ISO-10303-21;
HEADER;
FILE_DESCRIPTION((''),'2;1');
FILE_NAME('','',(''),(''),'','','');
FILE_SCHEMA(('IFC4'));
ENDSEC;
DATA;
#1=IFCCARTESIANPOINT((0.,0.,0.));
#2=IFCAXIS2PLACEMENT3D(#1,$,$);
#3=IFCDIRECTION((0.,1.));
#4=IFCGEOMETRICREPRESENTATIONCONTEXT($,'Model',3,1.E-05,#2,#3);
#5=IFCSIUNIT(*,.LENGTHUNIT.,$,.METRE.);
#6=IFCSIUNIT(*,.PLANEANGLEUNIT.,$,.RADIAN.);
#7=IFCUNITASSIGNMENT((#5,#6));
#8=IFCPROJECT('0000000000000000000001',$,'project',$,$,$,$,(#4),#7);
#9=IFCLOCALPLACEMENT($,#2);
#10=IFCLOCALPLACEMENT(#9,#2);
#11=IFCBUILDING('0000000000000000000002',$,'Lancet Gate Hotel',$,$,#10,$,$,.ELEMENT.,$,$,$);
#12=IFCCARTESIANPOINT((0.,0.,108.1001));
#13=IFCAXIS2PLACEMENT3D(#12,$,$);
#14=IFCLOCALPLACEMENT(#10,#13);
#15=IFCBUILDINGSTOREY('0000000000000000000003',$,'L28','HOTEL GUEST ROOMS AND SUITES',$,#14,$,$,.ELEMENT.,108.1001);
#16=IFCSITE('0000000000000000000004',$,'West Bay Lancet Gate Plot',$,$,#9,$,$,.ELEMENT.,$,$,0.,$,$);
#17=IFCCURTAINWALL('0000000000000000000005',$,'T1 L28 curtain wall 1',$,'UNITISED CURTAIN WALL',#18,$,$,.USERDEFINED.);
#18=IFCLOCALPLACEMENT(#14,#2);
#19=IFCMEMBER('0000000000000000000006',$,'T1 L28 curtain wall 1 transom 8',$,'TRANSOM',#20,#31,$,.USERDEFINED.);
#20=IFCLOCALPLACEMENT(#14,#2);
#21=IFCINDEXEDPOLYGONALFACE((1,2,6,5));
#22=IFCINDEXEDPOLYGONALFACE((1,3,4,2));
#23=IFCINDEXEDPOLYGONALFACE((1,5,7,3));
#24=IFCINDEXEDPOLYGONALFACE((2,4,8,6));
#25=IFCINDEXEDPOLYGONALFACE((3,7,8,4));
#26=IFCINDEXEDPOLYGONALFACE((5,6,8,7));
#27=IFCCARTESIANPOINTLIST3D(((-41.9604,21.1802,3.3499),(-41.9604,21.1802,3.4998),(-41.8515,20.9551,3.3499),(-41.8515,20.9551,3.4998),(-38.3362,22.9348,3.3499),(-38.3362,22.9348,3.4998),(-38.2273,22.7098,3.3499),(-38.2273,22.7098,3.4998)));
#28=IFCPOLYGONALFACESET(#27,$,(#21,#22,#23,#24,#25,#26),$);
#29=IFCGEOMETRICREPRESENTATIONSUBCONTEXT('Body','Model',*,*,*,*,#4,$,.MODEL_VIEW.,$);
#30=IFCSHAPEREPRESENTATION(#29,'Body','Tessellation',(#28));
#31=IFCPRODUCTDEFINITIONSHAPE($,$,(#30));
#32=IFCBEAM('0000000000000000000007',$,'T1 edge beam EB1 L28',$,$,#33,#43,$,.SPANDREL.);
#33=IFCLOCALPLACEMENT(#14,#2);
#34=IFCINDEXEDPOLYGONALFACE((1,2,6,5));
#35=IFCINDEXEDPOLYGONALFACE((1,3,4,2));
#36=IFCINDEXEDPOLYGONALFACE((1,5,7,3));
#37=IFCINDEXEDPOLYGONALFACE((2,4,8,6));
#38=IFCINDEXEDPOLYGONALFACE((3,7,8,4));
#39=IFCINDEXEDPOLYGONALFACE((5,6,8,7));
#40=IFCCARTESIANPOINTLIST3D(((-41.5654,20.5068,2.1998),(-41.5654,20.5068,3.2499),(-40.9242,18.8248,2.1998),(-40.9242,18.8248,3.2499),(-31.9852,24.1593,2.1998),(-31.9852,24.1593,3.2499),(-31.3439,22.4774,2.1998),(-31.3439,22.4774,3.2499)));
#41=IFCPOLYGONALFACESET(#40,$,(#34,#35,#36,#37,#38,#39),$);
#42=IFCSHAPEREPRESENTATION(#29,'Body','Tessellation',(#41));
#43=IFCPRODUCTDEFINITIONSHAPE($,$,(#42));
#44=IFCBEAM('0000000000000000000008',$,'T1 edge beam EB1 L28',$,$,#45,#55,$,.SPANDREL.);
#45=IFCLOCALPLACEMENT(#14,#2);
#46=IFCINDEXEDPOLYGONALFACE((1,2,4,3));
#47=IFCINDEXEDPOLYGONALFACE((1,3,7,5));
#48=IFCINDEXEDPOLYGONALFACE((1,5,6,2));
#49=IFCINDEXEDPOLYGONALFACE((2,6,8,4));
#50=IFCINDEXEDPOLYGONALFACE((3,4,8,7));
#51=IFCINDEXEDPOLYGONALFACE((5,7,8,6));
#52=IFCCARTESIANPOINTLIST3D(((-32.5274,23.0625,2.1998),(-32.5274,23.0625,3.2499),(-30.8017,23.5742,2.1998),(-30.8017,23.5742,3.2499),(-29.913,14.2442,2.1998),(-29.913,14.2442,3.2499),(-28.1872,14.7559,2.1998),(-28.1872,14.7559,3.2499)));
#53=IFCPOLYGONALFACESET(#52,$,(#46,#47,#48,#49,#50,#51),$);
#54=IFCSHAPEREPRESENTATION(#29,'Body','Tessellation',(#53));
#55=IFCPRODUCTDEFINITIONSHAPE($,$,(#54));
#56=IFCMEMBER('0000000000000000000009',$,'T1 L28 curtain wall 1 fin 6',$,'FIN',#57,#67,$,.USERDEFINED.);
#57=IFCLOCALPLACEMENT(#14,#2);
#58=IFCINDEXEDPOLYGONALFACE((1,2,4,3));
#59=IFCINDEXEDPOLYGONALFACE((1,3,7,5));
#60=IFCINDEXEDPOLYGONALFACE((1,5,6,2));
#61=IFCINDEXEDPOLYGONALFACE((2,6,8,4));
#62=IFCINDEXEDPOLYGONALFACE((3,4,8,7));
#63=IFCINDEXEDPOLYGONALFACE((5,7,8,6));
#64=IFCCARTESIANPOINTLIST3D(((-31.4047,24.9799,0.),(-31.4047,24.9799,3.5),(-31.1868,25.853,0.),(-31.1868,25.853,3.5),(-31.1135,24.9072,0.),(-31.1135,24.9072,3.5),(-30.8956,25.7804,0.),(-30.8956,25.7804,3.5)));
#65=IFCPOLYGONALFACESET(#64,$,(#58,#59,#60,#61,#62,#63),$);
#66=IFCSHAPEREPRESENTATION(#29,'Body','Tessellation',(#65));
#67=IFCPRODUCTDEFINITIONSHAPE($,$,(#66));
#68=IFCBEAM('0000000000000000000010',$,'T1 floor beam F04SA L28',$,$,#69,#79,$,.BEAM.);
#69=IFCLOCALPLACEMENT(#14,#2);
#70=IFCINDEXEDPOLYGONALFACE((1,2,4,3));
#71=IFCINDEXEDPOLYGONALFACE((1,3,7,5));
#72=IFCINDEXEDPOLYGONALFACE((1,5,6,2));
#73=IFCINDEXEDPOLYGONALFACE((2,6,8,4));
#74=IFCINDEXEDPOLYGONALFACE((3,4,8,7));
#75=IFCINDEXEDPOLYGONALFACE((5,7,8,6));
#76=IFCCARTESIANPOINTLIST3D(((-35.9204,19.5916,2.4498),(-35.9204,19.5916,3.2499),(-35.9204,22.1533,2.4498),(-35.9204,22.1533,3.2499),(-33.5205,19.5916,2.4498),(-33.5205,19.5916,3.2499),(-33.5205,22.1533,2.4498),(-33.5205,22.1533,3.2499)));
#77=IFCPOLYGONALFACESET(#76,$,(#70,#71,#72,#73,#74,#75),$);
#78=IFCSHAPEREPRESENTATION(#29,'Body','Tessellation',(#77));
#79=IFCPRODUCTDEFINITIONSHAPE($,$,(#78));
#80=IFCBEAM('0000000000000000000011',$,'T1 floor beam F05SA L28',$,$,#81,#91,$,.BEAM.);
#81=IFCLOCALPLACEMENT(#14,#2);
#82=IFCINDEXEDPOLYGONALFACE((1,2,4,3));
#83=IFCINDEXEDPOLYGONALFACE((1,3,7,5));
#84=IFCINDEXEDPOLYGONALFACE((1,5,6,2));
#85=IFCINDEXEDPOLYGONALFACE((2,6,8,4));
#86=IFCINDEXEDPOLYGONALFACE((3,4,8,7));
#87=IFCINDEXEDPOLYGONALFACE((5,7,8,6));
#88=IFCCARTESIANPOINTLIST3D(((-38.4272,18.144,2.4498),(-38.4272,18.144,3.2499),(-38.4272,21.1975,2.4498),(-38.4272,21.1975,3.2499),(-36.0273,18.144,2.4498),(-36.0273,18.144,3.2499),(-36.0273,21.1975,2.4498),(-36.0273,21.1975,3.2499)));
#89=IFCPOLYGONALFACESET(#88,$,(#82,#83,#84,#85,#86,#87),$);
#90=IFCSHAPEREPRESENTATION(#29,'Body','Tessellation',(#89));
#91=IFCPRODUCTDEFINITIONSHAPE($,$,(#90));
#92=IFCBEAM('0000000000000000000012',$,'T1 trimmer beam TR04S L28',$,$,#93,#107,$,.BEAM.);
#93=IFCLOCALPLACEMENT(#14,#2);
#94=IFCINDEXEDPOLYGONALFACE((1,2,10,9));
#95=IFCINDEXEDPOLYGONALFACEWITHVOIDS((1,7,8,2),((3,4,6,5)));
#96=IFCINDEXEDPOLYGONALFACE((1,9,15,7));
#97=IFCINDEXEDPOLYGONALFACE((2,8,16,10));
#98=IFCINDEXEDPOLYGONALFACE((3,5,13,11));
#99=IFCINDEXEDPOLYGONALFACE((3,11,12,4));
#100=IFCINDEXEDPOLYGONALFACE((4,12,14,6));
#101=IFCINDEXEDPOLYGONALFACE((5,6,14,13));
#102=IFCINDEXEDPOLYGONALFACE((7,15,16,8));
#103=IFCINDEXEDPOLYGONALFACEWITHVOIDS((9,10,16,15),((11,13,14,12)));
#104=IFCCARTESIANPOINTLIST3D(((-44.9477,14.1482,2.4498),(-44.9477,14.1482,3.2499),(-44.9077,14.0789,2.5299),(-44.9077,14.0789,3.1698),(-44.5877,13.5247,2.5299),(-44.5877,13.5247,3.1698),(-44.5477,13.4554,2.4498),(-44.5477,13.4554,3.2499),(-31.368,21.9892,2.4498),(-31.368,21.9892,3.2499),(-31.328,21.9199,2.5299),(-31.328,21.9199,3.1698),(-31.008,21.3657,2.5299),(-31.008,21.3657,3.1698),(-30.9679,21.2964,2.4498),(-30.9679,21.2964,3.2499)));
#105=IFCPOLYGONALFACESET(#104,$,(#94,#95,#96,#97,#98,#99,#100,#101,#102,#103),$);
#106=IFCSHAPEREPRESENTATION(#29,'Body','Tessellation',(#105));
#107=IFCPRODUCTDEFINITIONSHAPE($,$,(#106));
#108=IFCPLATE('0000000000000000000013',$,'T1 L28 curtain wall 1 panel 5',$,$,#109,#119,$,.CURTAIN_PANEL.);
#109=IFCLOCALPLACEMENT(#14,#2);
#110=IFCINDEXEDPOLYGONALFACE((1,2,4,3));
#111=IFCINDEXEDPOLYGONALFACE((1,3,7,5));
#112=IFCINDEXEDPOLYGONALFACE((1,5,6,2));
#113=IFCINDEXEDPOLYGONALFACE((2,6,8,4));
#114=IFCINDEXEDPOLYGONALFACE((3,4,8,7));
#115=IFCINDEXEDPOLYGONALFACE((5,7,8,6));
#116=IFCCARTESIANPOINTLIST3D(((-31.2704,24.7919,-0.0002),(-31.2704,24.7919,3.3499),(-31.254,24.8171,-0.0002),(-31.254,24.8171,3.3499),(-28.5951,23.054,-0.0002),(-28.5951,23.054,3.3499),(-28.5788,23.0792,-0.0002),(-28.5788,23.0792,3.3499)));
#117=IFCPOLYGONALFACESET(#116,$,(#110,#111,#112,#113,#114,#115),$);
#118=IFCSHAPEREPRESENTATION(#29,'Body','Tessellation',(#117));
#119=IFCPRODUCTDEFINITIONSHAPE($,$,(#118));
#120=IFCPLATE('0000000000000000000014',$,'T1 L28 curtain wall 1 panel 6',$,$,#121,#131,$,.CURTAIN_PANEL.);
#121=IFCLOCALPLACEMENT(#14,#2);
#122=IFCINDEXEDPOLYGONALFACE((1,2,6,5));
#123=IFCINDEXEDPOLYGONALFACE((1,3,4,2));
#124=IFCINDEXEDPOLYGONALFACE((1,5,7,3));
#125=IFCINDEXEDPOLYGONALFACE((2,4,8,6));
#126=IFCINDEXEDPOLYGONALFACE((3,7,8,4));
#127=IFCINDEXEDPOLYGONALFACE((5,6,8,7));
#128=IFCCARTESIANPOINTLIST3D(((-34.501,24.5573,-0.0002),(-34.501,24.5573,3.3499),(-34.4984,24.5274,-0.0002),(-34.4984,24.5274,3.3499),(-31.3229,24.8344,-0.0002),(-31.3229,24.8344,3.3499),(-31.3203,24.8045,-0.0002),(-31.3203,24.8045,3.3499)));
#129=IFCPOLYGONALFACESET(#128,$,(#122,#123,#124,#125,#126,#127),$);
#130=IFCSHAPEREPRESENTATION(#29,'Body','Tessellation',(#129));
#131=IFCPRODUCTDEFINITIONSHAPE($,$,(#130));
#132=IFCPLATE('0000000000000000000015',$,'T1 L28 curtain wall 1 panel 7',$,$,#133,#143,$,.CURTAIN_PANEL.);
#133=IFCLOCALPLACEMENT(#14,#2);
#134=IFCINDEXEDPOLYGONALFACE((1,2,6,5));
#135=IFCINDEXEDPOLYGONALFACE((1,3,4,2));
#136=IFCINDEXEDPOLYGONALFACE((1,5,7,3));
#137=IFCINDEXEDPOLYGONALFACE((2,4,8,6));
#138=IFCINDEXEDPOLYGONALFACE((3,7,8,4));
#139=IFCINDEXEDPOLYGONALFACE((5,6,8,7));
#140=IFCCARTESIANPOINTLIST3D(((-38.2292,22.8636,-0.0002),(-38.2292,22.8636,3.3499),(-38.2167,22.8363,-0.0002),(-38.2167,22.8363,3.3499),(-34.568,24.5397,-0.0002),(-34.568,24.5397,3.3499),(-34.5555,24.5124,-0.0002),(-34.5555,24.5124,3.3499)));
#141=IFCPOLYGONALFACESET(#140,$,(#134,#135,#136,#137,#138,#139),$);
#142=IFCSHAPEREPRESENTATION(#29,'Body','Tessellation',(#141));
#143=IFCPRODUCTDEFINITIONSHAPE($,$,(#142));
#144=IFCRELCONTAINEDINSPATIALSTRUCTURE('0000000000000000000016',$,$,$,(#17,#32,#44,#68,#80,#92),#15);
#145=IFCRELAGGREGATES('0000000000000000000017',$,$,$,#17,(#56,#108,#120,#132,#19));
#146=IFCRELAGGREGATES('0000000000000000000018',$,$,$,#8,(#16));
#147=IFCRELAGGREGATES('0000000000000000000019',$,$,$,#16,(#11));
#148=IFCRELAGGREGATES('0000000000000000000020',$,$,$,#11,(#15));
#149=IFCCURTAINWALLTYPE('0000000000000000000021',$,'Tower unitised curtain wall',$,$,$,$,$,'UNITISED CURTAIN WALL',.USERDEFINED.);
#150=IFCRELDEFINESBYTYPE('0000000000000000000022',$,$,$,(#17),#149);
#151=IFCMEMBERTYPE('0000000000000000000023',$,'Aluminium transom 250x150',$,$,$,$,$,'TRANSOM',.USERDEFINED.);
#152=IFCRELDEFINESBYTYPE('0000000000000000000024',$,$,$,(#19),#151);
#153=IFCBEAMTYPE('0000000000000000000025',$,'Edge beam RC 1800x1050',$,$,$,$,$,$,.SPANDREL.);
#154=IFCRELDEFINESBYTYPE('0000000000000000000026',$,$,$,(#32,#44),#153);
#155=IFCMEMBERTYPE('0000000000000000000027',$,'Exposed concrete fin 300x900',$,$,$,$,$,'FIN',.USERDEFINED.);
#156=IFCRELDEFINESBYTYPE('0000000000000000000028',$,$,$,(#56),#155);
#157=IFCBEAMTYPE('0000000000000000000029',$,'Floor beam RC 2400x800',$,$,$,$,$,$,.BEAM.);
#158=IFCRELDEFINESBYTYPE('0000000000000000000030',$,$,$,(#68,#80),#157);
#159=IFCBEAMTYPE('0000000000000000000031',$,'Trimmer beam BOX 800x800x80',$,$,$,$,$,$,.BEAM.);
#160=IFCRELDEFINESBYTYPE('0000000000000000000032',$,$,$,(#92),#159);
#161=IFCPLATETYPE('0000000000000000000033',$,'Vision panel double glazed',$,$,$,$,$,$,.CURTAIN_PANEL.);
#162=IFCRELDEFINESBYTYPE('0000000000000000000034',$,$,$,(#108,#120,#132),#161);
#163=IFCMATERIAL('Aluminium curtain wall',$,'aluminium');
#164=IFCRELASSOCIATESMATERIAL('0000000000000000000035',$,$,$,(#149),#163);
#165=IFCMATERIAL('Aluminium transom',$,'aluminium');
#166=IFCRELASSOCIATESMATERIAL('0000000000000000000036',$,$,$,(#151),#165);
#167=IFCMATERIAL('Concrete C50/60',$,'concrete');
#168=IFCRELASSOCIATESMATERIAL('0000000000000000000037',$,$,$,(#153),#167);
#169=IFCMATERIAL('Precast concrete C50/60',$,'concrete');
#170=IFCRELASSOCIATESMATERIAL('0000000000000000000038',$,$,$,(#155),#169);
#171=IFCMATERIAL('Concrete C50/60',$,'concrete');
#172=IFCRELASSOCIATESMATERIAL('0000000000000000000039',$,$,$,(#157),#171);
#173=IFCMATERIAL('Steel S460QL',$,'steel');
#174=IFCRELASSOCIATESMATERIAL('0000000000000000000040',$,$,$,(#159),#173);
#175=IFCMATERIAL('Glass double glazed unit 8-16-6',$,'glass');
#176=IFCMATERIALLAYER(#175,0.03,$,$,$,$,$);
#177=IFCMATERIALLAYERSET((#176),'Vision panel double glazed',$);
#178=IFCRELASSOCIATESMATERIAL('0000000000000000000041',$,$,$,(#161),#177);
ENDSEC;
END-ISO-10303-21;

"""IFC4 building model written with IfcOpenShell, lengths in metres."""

from ifc_helpers import new_model, si_unit, direction, frame, origin, origin_2d, place, context, subcontext, project, spatial, rectangle, hollow_rectangle, extrude, material, layer, layer_set, material_profile, profile_set, type_object, element, aggregate, save


model = new_model("IFC4")

# Units and contexts
model_context = context("Model", 3, precision=1e-05, world=origin(), true_north=direction((0.0, 1.0)))
body_context = subcontext(model_context, "Body", "Model", "MODEL_VIEW")
ifc_project = project(units=[si_unit("LENGTHUNIT", "METRE"), si_unit("PLANEANGLEUNIT", "RADIAN")], contexts=[model_context])

# Site, building, storey
site_placement = place(None, origin())
site = spatial("IfcSite", under=ifc_project, at=site_placement, Name="West Bay Lancet Gate Plot", CompositionType="ELEMENT", RefElevation=0.0)
building_placement = place(site_placement, origin())
building = spatial("IfcBuilding", under=site, at=building_placement, Name="Lancet Gate Hotel", CompositionType="ELEMENT")
storey_placement = place(building_placement, frame((0.0, 0.0, 108.1001)))
storey = spatial("IfcBuildingStorey", under=building, at=storey_placement, Name="L28", Description="HOTEL GUEST ROOMS AND SUITES", CompositionType="ELEMENT", Elevation=108.1001)

# Curtain wall, member
ifc_material_1 = material(Name="Aluminium curtain wall", Category="aluminium")
curtain_wall_type = type_object("IfcCurtainWallType", Name="Tower unitised curtain wall", ElementType="UNITISED CURTAIN WALL", PredefinedType="USERDEFINED", material=ifc_material_1)
curtain_wall_placement = place(storey_placement, origin())
curtain_wall = element("IfcCurtainWall", 1, at=curtain_wall_placement, inside=storey, type_object=curtain_wall_type, Name="T1 L28 curtain wall 1", ObjectType="UNITISED CURTAIN WALL", PredefinedType="USERDEFINED")
ifc_material_2 = material(Name="Aluminium transom", Category="aluminium")
ifc_material_profile_1 = material_profile(ifc_material_2, rectangle(XDim=0.25, YDim=0.1499, at=origin_2d()), Name="TRANSOM 250x150")
ifc_profile_set_1 = profile_set([ifc_material_profile_1], Name="Aluminium transom")
member_type_1 = type_object("IfcMemberType", Name="Aluminium transom 250x150", ElementType="TRANSOM", PredefinedType="USERDEFINED", material=ifc_profile_set_1)
member_1_placement = place(storey_placement, frame((-38.2817, 22.8223, 3.4248), z_axis=(-0.900066, -0.435754, 0.0), x_axis=(0.435754, -0.900066, 0.0)))
member_1 = element("IfcMember", 2, at=member_1_placement, type_object=member_type_1, Name="T1 L28 curtain wall 1 transom 8", ObjectType="TRANSOM", PredefinedType="USERDEFINED", context=body_context, shape_type="SweptSolid", body=[
    extrude(rectangle(XDim=0.25, YDim=0.1499, at=origin_2d()), origin(), (0.0, 0.0, 1.0), 4.0266),
])

# Beams
ifc_material_3 = material(Name="Concrete C50/60", Category="concrete")
ifc_material_profile_2 = material_profile(ifc_material_3, rectangle(XDim=1.8, YDim=1.05, at=origin_2d()), Name="RC 1800x1050")
ifc_profile_set_2 = profile_set([ifc_material_profile_2], Name="Concrete C50/60")
beam_type_1 = type_object("IfcBeamType", Name="Edge beam RC 1800x1050", PredefinedType="SPANDREL", material=ifc_profile_set_2)
beam_1_placement = place(storey_placement, frame((-31.6646, 23.3184, 2.7249), z_axis=(-0.934392, -0.356246, 0.0), x_axis=(0.356246, -0.934392, 0.0)))
element("IfcBeam", 3, at=beam_1_placement, inside=storey, type_object=beam_type_1, Name="T1 edge beam EB1 L28", PredefinedType="SPANDREL", context=body_context, shape_type="SweptSolid", body=[
    extrude(rectangle(XDim=1.8, YDim=1.05, at=origin_2d()), origin(), (0.0, 0.0, 1.0), 10.2529),
])
beam_2_placement = place(storey_placement, frame((-31.6646, 23.3184, 2.7249), z_axis=(0.284254, -0.958749, 0.0), x_axis=(0.958749, 0.284254, 0.0)))
element("IfcBeam", 4, at=beam_2_placement, inside=storey, type_object=beam_type_1, Name="T1 edge beam EB1 L28", PredefinedType="SPANDREL", context=body_context, shape_type="SweptSolid", body=[
    extrude(rectangle(XDim=1.8, YDim=1.05, at=origin_2d()), origin(), (0.0, 0.0, 1.0), 9.1978),
])

# Member
ifc_material_4 = material(Name="Precast concrete C50/60", Category="concrete")
ifc_material_profile_3 = material_profile(ifc_material_4, rectangle(XDim=0.3, YDim=0.8999, at=origin_2d()), Name="FIN 300x900")
ifc_profile_set_3 = profile_set([ifc_material_profile_3], Name="Precast concrete C50/60")
member_type_2 = type_object("IfcMemberType", Name="Exposed concrete fin 300x900", ElementType="FIN", PredefinedType="USERDEFINED", material=ifc_profile_set_3)
member_2_placement = place(storey_placement, frame((-31.1501, 25.3801, 0.0), z_axis=(0.0, 0.0, 1.0), x_axis=(-0.970242, 0.242137, 0.0)))
member_2 = element("IfcMember", 5, at=member_2_placement, type_object=member_type_2, Name="T1 L28 curtain wall 1 fin 6", ObjectType="FIN", PredefinedType="USERDEFINED", context=body_context, shape_type="SweptSolid", body=[
    extrude(rectangle(XDim=0.3, YDim=0.8999, at=origin_2d()), origin(), (0.0, 0.0, 1.0), 3.5),
])

# Beams
ifc_material_5 = material(Name="Concrete C50/60", Category="concrete")
ifc_material_profile_4 = material_profile(ifc_material_5, rectangle(XDim=2.3999, YDim=0.8, at=origin_2d()), Name="RC 2400x800")
ifc_profile_set_4 = profile_set([ifc_material_profile_4], Name="Concrete C50/60")
beam_type_2 = type_object("IfcBeamType", Name="Floor beam RC 2400x800", PredefinedType="BEAM", material=ifc_profile_set_4)
beam_3_placement = place(storey_placement, frame((-34.7205, 22.1533, 2.8499), z_axis=(0.0, -1.0, 0.0), x_axis=(1.0, 0.0, 0.0)))
element("IfcBeam", 6, at=beam_3_placement, inside=storey, type_object=beam_type_2, Name="T1 floor beam F04SA L28", PredefinedType="BEAM", context=body_context, shape_type="SweptSolid", body=[
    extrude(rectangle(XDim=2.3999, YDim=0.8, at=origin_2d()), origin(), (0.0, 0.0, 1.0), 2.5618),
])
beam_4_placement = place(storey_placement, frame((-37.2273, 21.1975, 2.8499), z_axis=(0.0, -1.0, 0.0), x_axis=(1.0, 0.0, 0.0)))
element("IfcBeam", 7, at=beam_4_placement, inside=storey, type_object=beam_type_2, Name="T1 floor beam F05SA L28", PredefinedType="BEAM", context=body_context, shape_type="SweptSolid", body=[
    extrude(rectangle(XDim=2.3999, YDim=0.8, at=origin_2d()), origin(), (0.0, 0.0, 1.0), 3.0535),
])
ifc_material_6 = material(Name="Steel S460QL", Category="steel")
ifc_material_profile_5 = material_profile(ifc_material_6, hollow_rectangle(XDim=0.8, YDim=0.8, WallThickness=0.0801, at=origin_2d()), Name="BOX 800x800x80")
ifc_profile_set_5 = profile_set([ifc_material_profile_5], Name="Steel S460QL")
beam_type_3 = type_object("IfcBeamType", Name="Trimmer beam BOX 800x800x80", PredefinedType="BEAM", material=ifc_profile_set_5)
beam_5_placement = place(storey_placement, frame((-31.168, 21.6428, 2.8499), z_axis=(-0.866005, -0.500036, 0.0), x_axis=(0.500036, -0.866005, 0.0)))
element("IfcBeam", 8, at=beam_5_placement, inside=storey, type_object=beam_type_3, Name="T1 trimmer beam TR04S L28", PredefinedType="BEAM", context=body_context, shape_type="SweptSolid", body=[
    extrude(hollow_rectangle(XDim=0.8, YDim=0.8, WallThickness=0.0801, at=origin_2d()), origin(), (0.0, 0.0, 1.0), 15.6809),
])

# Plates
ifc_material_7 = material(Name="Glass double glazed unit 8-16-6", Category="glass")
ifc_layer = layer(ifc_material_7, 0.03)
ifc_layer_set = layer_set([ifc_layer], Name="Vision panel double glazed")
plate_type = type_object("IfcPlateType", Name="Vision panel double glazed", PredefinedType="CURTAIN_PANEL", material=ifc_layer_set)
plate_1_placement = place(storey_placement, frame((-29.9246, 23.9355, -0.0002), z_axis=(0.0, 0.0, 1.0), x_axis=(-0.83858, 0.544778, 0.0)))
plate_1 = element("IfcPlate", 9, at=plate_1_placement, type_object=plate_type, Name="T1 L28 curtain wall 1 panel 5", PredefinedType="CURTAIN_PANEL", context=body_context, shape_type="SweptSolid", body=[
    extrude(rectangle(XDim=3.1902, YDim=0.03, at=origin_2d()), origin(), (0.0, 0.0, 1.0), 3.3501),
])
plate_2_placement = place(storey_placement, frame((-32.9106, 24.6809, -0.0002), z_axis=(0.0, 0.0, 1.0), x_axis=(-0.996219, -0.08688, 0.0)))
plate_2 = element("IfcPlate", 10, at=plate_2_placement, type_object=plate_type, Name="T1 L28 curtain wall 1 panel 6", PredefinedType="CURTAIN_PANEL", context=body_context, shape_type="SweptSolid", body=[
    extrude(rectangle(XDim=3.1902, YDim=0.03, at=origin_2d()), origin(), (0.0, 0.0, 1.0), 3.3501),
])
plate_3_placement = place(storey_placement, frame((-36.3923, 23.688, -0.0002), z_axis=(0.0, 0.0, 1.0), x_axis=(-0.909253, -0.416245, 0.0)))
plate_3 = element("IfcPlate", 11, at=plate_3_placement, type_object=plate_type, Name="T1 L28 curtain wall 1 panel 7", PredefinedType="CURTAIN_PANEL", context=body_context, shape_type="SweptSolid", body=[
    extrude(rectangle(XDim=4.0266, YDim=0.03, at=origin_2d()), origin(), (0.0, 0.0, 1.0), 3.3501),
])
aggregate(curtain_wall, [member_2, plate_1, plate_2, plate_3, member_1])

save(model, "model.ifc")
